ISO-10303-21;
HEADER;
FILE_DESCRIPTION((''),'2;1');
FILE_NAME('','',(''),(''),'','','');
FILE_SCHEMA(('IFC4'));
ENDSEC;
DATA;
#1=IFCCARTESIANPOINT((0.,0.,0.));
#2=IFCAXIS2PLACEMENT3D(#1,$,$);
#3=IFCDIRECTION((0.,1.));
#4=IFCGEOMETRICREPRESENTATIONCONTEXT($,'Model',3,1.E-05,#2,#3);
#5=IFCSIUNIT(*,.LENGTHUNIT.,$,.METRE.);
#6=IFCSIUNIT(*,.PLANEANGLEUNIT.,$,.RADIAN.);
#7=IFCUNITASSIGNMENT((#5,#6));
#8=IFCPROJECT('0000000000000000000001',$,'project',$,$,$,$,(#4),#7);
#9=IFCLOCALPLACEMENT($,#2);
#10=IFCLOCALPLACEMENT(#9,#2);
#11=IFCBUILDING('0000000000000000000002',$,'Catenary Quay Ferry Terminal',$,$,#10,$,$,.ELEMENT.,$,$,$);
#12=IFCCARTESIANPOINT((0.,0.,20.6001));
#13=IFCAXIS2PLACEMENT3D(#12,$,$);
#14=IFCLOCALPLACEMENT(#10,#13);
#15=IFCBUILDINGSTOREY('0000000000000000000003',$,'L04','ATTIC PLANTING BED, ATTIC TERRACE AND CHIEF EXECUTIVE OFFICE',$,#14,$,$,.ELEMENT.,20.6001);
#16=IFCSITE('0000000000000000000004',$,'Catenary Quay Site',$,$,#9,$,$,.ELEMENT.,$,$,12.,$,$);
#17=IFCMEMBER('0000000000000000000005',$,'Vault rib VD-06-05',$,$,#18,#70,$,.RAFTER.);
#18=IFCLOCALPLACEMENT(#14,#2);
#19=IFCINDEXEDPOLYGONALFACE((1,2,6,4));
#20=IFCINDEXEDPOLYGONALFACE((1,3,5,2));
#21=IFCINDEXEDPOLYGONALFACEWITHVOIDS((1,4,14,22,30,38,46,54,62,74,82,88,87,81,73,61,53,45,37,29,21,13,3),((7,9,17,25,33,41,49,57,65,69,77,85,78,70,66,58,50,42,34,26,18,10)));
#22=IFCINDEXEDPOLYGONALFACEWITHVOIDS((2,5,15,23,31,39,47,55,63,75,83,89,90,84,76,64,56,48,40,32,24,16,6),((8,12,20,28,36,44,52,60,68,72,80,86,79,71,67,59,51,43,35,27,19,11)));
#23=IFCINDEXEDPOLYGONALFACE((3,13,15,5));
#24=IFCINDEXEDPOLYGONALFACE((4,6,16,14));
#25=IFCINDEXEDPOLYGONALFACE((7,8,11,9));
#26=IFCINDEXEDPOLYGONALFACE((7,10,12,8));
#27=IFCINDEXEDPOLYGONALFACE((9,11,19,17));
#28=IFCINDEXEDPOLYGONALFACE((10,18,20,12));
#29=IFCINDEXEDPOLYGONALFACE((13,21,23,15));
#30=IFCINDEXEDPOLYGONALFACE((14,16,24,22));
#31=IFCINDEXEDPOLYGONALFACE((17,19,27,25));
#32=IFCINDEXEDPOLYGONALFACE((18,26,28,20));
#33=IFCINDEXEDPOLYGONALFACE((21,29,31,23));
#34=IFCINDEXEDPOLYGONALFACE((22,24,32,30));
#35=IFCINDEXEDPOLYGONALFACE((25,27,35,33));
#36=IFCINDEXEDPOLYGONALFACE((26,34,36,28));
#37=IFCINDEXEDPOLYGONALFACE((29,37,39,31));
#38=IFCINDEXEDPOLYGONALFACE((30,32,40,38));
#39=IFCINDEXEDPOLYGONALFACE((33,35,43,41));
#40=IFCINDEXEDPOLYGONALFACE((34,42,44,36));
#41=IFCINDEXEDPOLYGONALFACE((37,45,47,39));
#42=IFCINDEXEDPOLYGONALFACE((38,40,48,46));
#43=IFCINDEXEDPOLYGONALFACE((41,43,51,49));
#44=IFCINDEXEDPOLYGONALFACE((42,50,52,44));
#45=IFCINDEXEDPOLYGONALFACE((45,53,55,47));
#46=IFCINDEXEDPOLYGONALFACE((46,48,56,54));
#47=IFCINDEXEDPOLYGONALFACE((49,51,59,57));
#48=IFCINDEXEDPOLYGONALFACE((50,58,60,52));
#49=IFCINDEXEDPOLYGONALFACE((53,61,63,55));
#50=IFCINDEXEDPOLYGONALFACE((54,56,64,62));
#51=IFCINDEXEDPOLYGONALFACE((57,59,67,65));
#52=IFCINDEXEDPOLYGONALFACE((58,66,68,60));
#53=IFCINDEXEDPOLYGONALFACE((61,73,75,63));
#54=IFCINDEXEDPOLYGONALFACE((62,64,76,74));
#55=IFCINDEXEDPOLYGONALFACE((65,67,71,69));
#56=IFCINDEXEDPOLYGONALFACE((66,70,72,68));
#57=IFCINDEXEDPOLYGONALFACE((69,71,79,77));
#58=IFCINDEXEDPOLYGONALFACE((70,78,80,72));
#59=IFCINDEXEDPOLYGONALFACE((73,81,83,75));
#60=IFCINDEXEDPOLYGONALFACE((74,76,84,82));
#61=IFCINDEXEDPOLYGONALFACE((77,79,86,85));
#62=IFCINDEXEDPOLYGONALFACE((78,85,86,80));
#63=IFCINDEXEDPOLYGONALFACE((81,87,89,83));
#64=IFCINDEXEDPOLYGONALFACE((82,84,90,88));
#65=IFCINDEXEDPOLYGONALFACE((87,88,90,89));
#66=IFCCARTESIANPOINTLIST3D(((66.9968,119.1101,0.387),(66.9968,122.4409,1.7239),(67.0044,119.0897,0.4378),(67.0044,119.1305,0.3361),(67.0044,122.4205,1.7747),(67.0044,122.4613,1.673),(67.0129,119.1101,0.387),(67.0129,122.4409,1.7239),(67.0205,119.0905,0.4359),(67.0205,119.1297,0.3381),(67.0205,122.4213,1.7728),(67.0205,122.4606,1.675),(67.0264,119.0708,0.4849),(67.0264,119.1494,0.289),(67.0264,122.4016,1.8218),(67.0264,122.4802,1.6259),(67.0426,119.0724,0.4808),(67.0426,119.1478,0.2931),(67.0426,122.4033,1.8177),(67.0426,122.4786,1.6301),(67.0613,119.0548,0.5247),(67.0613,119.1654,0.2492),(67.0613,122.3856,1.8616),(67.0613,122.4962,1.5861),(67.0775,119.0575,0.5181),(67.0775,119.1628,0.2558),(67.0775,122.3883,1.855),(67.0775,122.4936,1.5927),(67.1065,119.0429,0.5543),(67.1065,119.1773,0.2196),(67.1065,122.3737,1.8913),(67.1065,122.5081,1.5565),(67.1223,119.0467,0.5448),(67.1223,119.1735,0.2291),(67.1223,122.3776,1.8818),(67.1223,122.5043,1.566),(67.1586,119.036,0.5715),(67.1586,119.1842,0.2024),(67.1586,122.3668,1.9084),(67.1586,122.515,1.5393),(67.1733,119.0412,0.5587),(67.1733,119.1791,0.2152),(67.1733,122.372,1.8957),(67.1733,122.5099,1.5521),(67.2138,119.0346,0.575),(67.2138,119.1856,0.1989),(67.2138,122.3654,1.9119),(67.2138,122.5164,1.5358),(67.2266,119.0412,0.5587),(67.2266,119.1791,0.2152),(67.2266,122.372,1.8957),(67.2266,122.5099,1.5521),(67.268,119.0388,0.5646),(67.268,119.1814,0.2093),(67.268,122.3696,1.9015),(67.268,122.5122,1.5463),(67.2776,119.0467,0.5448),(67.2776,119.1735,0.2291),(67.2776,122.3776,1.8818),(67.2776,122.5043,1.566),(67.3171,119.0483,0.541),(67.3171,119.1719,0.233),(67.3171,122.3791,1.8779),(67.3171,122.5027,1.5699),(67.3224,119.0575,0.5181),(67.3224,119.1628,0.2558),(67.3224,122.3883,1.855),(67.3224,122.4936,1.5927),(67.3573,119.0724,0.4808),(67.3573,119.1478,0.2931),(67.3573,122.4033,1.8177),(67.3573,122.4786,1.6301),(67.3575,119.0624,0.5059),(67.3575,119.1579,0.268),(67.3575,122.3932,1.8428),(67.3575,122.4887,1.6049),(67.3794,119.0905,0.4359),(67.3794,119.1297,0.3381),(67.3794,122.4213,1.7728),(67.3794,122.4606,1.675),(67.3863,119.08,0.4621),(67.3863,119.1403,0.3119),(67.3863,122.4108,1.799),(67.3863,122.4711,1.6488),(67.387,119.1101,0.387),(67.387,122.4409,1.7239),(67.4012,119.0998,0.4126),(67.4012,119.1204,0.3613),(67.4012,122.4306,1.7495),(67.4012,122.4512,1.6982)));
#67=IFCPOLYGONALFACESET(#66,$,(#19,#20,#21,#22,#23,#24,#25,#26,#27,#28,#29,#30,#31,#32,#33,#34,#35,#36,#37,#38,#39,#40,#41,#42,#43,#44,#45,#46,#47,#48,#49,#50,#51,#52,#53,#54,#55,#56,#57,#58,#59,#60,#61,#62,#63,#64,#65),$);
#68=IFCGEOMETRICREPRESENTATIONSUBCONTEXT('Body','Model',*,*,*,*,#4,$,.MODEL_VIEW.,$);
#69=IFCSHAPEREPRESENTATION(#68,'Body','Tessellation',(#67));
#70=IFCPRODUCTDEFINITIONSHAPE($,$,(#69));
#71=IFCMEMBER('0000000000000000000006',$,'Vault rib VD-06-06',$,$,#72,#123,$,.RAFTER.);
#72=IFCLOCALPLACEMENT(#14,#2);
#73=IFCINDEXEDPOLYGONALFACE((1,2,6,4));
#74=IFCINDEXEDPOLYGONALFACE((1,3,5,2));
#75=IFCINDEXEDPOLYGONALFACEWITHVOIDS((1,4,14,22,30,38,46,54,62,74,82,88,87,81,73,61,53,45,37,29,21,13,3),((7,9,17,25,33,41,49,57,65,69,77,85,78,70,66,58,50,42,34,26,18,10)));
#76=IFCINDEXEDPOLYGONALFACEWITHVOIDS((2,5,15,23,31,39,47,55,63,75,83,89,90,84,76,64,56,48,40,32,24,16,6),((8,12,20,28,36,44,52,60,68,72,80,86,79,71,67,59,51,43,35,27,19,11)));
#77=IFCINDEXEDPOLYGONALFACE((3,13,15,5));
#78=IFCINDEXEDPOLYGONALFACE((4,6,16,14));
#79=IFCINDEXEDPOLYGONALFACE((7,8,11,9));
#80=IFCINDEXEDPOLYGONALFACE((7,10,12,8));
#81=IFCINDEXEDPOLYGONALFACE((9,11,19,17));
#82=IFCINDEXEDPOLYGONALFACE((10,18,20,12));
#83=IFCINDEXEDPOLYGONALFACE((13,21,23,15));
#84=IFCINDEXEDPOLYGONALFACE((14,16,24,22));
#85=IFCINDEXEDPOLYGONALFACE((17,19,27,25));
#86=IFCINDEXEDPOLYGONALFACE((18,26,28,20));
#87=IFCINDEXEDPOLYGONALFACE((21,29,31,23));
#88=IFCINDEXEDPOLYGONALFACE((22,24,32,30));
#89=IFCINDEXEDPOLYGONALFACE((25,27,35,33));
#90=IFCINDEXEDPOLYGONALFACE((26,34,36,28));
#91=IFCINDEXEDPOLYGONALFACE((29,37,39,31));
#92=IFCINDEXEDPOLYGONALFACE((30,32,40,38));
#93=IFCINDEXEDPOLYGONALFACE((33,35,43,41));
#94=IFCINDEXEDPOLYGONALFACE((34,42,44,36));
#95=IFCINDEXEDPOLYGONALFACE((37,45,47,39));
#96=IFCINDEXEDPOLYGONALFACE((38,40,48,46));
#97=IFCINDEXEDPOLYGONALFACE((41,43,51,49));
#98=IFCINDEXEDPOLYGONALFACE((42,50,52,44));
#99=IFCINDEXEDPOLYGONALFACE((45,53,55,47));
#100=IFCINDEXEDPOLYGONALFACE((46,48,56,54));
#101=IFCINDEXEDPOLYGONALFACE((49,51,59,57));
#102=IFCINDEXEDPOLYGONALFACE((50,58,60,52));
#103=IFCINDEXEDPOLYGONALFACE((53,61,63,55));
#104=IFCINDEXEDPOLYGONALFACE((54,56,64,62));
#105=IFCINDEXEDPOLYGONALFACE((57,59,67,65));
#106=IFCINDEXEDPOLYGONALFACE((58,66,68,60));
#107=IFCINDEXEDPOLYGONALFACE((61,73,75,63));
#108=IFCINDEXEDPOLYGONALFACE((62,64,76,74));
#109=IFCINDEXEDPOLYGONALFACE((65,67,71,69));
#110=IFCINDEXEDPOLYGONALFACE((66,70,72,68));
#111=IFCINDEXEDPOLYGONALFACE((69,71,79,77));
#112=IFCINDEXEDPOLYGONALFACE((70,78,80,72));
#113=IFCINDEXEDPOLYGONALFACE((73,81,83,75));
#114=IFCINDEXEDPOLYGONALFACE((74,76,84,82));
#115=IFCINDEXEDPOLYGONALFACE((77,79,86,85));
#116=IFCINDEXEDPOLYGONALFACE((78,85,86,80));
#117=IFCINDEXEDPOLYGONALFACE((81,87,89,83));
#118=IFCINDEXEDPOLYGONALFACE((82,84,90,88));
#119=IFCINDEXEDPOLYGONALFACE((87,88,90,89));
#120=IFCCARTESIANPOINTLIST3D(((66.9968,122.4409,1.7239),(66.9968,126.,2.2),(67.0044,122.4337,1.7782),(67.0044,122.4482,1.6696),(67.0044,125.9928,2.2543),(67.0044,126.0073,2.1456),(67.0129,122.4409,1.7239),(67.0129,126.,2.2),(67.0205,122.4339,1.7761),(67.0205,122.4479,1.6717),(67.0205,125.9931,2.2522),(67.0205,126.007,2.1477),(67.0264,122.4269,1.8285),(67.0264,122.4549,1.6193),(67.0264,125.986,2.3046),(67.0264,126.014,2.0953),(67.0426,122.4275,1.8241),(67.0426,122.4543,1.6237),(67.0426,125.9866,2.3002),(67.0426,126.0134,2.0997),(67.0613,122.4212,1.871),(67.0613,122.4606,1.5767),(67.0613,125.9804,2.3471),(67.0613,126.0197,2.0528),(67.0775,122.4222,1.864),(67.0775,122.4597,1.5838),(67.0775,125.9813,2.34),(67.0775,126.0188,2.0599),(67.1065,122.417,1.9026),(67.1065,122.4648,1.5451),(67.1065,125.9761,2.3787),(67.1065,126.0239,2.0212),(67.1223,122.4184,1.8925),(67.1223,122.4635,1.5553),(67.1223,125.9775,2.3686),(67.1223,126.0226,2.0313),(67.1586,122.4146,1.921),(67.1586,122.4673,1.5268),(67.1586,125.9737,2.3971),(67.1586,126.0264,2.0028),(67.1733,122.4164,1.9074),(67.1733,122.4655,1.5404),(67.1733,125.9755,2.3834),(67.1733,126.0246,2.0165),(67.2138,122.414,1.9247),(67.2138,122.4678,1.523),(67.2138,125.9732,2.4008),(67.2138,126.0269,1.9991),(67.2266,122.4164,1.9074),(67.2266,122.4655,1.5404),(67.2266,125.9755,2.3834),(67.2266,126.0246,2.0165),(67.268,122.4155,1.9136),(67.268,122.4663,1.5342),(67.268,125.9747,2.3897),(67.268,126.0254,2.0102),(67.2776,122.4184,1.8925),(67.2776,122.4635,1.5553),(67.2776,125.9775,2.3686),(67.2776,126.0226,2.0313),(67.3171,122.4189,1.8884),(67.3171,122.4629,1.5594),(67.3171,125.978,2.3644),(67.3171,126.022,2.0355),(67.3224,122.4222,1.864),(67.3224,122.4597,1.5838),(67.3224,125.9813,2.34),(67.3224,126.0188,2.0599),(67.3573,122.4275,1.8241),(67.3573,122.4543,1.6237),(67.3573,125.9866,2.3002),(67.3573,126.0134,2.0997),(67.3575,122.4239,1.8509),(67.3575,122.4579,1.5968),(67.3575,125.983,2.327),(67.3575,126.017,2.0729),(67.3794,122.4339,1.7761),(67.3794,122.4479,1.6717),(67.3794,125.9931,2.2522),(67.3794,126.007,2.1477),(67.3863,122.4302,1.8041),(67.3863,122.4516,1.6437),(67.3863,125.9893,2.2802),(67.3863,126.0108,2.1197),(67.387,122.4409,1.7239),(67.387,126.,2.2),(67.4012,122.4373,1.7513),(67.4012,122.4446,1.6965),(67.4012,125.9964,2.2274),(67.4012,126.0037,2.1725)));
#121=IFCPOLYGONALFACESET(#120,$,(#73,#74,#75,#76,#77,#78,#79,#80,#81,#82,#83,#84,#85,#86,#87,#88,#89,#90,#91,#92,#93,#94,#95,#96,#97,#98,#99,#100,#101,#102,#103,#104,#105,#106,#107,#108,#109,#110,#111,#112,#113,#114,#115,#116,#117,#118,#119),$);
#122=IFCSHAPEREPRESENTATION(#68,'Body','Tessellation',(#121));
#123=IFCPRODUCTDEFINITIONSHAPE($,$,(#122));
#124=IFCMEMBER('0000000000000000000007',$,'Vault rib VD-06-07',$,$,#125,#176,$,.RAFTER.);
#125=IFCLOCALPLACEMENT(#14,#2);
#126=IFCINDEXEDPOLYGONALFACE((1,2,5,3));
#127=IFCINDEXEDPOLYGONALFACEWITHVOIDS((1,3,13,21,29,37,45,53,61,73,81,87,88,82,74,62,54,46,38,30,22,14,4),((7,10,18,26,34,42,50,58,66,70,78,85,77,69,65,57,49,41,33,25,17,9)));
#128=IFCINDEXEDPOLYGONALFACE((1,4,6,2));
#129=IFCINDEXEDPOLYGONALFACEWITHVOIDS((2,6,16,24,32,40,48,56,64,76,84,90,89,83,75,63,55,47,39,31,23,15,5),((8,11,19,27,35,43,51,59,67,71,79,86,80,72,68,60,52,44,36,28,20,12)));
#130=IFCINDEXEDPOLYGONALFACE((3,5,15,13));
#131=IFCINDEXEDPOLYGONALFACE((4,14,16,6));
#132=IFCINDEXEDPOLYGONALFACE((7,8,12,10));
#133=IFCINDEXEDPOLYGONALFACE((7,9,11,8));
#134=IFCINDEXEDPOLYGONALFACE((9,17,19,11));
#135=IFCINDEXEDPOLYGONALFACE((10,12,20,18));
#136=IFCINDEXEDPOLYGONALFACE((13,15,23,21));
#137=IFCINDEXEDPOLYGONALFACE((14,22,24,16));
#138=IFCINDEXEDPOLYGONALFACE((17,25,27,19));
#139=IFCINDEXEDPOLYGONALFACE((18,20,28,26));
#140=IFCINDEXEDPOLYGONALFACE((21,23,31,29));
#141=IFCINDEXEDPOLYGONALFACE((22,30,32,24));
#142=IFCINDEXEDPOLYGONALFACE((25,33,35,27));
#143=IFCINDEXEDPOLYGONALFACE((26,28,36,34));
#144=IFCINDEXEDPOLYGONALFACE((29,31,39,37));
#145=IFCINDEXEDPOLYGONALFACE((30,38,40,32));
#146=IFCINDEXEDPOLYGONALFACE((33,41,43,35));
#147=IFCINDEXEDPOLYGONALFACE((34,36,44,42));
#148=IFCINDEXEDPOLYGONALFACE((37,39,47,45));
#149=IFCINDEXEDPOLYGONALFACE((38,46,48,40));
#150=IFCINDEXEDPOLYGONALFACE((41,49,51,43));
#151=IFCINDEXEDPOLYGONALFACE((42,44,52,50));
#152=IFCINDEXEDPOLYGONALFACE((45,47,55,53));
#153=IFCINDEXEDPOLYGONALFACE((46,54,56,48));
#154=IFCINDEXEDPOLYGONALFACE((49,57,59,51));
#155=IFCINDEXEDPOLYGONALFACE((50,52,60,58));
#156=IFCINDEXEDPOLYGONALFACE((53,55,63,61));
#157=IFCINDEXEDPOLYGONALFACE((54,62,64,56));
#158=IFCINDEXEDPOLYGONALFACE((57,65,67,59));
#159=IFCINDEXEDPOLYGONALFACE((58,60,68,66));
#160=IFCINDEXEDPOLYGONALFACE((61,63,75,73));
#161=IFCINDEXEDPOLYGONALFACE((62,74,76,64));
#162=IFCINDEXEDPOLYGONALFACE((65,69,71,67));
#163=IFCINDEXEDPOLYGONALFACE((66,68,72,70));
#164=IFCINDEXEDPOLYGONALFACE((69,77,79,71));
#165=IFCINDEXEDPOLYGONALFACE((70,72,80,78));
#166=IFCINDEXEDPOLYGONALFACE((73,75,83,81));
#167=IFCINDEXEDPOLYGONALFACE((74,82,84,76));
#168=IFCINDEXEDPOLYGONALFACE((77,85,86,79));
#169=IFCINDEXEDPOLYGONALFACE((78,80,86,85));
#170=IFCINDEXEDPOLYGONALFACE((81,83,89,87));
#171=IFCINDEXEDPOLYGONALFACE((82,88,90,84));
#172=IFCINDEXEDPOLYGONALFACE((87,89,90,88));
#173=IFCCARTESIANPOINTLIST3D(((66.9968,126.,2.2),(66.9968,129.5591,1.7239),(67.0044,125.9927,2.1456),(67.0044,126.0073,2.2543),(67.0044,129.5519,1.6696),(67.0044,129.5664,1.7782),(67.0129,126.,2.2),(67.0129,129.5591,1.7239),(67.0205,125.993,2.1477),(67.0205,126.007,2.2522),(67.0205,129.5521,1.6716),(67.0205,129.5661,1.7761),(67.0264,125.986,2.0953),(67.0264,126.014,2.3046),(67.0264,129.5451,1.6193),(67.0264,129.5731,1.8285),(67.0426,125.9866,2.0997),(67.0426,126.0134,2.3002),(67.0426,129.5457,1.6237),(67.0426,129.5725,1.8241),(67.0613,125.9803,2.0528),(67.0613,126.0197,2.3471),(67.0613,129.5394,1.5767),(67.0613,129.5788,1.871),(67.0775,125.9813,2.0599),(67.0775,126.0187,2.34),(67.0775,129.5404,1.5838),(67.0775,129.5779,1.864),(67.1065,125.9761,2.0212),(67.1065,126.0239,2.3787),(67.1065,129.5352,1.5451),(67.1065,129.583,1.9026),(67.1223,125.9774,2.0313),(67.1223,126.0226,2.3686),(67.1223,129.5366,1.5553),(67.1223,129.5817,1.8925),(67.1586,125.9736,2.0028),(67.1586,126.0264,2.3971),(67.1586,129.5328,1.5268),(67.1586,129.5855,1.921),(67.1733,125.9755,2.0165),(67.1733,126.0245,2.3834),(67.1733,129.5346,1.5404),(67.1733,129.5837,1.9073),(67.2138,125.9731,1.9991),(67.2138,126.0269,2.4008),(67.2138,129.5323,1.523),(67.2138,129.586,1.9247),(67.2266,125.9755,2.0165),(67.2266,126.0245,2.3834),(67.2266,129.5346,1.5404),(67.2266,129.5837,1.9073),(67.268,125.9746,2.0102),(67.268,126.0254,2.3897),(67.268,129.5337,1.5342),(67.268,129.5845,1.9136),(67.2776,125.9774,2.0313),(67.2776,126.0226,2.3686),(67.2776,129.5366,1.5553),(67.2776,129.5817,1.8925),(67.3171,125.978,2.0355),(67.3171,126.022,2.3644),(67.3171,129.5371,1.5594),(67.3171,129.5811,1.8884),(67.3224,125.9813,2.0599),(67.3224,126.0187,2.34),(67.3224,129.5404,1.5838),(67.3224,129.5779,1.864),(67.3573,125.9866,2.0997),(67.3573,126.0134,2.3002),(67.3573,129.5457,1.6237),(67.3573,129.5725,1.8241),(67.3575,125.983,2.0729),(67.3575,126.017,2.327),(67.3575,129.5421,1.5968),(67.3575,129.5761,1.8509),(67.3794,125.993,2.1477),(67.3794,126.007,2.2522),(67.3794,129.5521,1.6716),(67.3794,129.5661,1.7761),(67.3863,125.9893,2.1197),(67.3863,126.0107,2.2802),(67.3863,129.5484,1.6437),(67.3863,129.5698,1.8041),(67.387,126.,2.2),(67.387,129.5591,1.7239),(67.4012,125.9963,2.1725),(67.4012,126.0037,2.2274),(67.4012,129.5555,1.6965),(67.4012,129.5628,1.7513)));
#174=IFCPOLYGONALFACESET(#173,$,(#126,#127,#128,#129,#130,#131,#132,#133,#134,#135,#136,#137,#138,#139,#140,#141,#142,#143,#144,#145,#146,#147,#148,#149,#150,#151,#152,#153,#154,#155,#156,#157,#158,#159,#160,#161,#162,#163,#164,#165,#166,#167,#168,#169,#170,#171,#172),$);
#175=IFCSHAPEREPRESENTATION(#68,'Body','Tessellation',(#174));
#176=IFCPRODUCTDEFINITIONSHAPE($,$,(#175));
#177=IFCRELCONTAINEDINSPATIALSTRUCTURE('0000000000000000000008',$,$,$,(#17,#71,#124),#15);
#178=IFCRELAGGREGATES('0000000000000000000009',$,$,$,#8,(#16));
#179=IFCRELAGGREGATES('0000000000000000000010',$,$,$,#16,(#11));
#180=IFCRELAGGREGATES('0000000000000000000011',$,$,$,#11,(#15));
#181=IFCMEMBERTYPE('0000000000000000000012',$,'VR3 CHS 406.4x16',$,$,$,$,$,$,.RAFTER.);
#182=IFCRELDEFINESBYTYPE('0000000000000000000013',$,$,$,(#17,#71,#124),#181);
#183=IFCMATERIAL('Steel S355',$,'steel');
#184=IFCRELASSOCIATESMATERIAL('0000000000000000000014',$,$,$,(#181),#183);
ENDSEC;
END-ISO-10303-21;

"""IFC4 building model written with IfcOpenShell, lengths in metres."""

from ifc_helpers import new_model, si_unit, direction, frame, origin, origin_2d, place, context, subcontext, project, spatial, hollow_circle, extrude, material, material_profile, profile_set, type_object, element, save


model = new_model("IFC4")

# Units and contexts
model_context = context("Model", 3, precision=1e-05, world=origin(), true_north=direction((0.0, 1.0)))
body_context = subcontext(model_context, "Body", "Model", "MODEL_VIEW")
ifc_project = project(units=[si_unit("LENGTHUNIT", "METRE"), si_unit("PLANEANGLEUNIT", "RADIAN")], contexts=[model_context])

# Site, building, storey
site_placement = place(None, origin())
site = spatial("IfcSite", under=ifc_project, at=site_placement, Name="Catenary Quay Site", CompositionType="ELEMENT", RefElevation=12.0)
building_placement = place(site_placement, origin())
building = spatial("IfcBuilding", under=site, at=building_placement, Name="Catenary Quay Ferry Terminal", CompositionType="ELEMENT")
storey_placement = place(building_placement, frame((0.0, 0.0, 20.6001)))
storey = spatial("IfcBuildingStorey", under=building, at=storey_placement, Name="L04", Description="ATTIC PLANTING BED, ATTIC TERRACE AND CHIEF EXECUTIVE OFFICE", CompositionType="ELEMENT", Elevation=20.6001)

# Members
ifc_material_1 = material(Name="Steel S355", Category="steel")
ifc_material_profile_1 = material_profile(ifc_material_1, hollow_circle(Radius=0.2031, WallThickness=0.0161, at=origin_2d()), Name="CHS 406.4x16")
ifc_profile_set_1 = profile_set([ifc_material_profile_1], Name="Steel S355")
member_type_1 = type_object("IfcMemberType", Name="VR3 CHS 406.4x16", PredefinedType="RAFTER", material=ifc_profile_set_1)
member_1_placement = place(storey_placement, frame((67.2, 119.1101, 0.387), z_axis=(0.0, 0.928035, 0.372493), x_axis=(-1.0, 0.0, 0.0)))
element("IfcMember", 1, at=member_1_placement, inside=storey, type_object=member_type_1, Name="Vault rib VD-06-05", PredefinedType="RAFTER", context=body_context, shape_type="SweptSolid", body=[
    extrude(hollow_circle(Radius=0.2031, WallThickness=0.0161, at=origin_2d()), origin(), (0.0, 0.0, 1.0), 3.5891),
])
for number, where, z_axis, x_axis, name in (
    (2, (67.2, 122.4409, 1.7239), (0.0, 0.991172, 0.132582), (-1.0, 0.0, 0.0), "Vault rib VD-06-06"),
    (3, (67.2, 126.0, 2.2), (0.0, 0.991172, -0.132582), (-1.0, 0.0, 0.0), "Vault rib VD-06-07"),
):
    element("IfcMember", number, at=place(storey_placement, frame(where, z_axis=z_axis, x_axis=x_axis)), inside=storey, type_object=member_type_1, Name=name, PredefinedType="RAFTER", context=body_context, shape_type="SweptSolid", body=[
        extrude(hollow_circle(Radius=0.2031, WallThickness=0.0161, at=origin_2d()), origin(), (0.0, 0.0, 1.0), 3.5908),
    ])

save(model, "model.ifc")
